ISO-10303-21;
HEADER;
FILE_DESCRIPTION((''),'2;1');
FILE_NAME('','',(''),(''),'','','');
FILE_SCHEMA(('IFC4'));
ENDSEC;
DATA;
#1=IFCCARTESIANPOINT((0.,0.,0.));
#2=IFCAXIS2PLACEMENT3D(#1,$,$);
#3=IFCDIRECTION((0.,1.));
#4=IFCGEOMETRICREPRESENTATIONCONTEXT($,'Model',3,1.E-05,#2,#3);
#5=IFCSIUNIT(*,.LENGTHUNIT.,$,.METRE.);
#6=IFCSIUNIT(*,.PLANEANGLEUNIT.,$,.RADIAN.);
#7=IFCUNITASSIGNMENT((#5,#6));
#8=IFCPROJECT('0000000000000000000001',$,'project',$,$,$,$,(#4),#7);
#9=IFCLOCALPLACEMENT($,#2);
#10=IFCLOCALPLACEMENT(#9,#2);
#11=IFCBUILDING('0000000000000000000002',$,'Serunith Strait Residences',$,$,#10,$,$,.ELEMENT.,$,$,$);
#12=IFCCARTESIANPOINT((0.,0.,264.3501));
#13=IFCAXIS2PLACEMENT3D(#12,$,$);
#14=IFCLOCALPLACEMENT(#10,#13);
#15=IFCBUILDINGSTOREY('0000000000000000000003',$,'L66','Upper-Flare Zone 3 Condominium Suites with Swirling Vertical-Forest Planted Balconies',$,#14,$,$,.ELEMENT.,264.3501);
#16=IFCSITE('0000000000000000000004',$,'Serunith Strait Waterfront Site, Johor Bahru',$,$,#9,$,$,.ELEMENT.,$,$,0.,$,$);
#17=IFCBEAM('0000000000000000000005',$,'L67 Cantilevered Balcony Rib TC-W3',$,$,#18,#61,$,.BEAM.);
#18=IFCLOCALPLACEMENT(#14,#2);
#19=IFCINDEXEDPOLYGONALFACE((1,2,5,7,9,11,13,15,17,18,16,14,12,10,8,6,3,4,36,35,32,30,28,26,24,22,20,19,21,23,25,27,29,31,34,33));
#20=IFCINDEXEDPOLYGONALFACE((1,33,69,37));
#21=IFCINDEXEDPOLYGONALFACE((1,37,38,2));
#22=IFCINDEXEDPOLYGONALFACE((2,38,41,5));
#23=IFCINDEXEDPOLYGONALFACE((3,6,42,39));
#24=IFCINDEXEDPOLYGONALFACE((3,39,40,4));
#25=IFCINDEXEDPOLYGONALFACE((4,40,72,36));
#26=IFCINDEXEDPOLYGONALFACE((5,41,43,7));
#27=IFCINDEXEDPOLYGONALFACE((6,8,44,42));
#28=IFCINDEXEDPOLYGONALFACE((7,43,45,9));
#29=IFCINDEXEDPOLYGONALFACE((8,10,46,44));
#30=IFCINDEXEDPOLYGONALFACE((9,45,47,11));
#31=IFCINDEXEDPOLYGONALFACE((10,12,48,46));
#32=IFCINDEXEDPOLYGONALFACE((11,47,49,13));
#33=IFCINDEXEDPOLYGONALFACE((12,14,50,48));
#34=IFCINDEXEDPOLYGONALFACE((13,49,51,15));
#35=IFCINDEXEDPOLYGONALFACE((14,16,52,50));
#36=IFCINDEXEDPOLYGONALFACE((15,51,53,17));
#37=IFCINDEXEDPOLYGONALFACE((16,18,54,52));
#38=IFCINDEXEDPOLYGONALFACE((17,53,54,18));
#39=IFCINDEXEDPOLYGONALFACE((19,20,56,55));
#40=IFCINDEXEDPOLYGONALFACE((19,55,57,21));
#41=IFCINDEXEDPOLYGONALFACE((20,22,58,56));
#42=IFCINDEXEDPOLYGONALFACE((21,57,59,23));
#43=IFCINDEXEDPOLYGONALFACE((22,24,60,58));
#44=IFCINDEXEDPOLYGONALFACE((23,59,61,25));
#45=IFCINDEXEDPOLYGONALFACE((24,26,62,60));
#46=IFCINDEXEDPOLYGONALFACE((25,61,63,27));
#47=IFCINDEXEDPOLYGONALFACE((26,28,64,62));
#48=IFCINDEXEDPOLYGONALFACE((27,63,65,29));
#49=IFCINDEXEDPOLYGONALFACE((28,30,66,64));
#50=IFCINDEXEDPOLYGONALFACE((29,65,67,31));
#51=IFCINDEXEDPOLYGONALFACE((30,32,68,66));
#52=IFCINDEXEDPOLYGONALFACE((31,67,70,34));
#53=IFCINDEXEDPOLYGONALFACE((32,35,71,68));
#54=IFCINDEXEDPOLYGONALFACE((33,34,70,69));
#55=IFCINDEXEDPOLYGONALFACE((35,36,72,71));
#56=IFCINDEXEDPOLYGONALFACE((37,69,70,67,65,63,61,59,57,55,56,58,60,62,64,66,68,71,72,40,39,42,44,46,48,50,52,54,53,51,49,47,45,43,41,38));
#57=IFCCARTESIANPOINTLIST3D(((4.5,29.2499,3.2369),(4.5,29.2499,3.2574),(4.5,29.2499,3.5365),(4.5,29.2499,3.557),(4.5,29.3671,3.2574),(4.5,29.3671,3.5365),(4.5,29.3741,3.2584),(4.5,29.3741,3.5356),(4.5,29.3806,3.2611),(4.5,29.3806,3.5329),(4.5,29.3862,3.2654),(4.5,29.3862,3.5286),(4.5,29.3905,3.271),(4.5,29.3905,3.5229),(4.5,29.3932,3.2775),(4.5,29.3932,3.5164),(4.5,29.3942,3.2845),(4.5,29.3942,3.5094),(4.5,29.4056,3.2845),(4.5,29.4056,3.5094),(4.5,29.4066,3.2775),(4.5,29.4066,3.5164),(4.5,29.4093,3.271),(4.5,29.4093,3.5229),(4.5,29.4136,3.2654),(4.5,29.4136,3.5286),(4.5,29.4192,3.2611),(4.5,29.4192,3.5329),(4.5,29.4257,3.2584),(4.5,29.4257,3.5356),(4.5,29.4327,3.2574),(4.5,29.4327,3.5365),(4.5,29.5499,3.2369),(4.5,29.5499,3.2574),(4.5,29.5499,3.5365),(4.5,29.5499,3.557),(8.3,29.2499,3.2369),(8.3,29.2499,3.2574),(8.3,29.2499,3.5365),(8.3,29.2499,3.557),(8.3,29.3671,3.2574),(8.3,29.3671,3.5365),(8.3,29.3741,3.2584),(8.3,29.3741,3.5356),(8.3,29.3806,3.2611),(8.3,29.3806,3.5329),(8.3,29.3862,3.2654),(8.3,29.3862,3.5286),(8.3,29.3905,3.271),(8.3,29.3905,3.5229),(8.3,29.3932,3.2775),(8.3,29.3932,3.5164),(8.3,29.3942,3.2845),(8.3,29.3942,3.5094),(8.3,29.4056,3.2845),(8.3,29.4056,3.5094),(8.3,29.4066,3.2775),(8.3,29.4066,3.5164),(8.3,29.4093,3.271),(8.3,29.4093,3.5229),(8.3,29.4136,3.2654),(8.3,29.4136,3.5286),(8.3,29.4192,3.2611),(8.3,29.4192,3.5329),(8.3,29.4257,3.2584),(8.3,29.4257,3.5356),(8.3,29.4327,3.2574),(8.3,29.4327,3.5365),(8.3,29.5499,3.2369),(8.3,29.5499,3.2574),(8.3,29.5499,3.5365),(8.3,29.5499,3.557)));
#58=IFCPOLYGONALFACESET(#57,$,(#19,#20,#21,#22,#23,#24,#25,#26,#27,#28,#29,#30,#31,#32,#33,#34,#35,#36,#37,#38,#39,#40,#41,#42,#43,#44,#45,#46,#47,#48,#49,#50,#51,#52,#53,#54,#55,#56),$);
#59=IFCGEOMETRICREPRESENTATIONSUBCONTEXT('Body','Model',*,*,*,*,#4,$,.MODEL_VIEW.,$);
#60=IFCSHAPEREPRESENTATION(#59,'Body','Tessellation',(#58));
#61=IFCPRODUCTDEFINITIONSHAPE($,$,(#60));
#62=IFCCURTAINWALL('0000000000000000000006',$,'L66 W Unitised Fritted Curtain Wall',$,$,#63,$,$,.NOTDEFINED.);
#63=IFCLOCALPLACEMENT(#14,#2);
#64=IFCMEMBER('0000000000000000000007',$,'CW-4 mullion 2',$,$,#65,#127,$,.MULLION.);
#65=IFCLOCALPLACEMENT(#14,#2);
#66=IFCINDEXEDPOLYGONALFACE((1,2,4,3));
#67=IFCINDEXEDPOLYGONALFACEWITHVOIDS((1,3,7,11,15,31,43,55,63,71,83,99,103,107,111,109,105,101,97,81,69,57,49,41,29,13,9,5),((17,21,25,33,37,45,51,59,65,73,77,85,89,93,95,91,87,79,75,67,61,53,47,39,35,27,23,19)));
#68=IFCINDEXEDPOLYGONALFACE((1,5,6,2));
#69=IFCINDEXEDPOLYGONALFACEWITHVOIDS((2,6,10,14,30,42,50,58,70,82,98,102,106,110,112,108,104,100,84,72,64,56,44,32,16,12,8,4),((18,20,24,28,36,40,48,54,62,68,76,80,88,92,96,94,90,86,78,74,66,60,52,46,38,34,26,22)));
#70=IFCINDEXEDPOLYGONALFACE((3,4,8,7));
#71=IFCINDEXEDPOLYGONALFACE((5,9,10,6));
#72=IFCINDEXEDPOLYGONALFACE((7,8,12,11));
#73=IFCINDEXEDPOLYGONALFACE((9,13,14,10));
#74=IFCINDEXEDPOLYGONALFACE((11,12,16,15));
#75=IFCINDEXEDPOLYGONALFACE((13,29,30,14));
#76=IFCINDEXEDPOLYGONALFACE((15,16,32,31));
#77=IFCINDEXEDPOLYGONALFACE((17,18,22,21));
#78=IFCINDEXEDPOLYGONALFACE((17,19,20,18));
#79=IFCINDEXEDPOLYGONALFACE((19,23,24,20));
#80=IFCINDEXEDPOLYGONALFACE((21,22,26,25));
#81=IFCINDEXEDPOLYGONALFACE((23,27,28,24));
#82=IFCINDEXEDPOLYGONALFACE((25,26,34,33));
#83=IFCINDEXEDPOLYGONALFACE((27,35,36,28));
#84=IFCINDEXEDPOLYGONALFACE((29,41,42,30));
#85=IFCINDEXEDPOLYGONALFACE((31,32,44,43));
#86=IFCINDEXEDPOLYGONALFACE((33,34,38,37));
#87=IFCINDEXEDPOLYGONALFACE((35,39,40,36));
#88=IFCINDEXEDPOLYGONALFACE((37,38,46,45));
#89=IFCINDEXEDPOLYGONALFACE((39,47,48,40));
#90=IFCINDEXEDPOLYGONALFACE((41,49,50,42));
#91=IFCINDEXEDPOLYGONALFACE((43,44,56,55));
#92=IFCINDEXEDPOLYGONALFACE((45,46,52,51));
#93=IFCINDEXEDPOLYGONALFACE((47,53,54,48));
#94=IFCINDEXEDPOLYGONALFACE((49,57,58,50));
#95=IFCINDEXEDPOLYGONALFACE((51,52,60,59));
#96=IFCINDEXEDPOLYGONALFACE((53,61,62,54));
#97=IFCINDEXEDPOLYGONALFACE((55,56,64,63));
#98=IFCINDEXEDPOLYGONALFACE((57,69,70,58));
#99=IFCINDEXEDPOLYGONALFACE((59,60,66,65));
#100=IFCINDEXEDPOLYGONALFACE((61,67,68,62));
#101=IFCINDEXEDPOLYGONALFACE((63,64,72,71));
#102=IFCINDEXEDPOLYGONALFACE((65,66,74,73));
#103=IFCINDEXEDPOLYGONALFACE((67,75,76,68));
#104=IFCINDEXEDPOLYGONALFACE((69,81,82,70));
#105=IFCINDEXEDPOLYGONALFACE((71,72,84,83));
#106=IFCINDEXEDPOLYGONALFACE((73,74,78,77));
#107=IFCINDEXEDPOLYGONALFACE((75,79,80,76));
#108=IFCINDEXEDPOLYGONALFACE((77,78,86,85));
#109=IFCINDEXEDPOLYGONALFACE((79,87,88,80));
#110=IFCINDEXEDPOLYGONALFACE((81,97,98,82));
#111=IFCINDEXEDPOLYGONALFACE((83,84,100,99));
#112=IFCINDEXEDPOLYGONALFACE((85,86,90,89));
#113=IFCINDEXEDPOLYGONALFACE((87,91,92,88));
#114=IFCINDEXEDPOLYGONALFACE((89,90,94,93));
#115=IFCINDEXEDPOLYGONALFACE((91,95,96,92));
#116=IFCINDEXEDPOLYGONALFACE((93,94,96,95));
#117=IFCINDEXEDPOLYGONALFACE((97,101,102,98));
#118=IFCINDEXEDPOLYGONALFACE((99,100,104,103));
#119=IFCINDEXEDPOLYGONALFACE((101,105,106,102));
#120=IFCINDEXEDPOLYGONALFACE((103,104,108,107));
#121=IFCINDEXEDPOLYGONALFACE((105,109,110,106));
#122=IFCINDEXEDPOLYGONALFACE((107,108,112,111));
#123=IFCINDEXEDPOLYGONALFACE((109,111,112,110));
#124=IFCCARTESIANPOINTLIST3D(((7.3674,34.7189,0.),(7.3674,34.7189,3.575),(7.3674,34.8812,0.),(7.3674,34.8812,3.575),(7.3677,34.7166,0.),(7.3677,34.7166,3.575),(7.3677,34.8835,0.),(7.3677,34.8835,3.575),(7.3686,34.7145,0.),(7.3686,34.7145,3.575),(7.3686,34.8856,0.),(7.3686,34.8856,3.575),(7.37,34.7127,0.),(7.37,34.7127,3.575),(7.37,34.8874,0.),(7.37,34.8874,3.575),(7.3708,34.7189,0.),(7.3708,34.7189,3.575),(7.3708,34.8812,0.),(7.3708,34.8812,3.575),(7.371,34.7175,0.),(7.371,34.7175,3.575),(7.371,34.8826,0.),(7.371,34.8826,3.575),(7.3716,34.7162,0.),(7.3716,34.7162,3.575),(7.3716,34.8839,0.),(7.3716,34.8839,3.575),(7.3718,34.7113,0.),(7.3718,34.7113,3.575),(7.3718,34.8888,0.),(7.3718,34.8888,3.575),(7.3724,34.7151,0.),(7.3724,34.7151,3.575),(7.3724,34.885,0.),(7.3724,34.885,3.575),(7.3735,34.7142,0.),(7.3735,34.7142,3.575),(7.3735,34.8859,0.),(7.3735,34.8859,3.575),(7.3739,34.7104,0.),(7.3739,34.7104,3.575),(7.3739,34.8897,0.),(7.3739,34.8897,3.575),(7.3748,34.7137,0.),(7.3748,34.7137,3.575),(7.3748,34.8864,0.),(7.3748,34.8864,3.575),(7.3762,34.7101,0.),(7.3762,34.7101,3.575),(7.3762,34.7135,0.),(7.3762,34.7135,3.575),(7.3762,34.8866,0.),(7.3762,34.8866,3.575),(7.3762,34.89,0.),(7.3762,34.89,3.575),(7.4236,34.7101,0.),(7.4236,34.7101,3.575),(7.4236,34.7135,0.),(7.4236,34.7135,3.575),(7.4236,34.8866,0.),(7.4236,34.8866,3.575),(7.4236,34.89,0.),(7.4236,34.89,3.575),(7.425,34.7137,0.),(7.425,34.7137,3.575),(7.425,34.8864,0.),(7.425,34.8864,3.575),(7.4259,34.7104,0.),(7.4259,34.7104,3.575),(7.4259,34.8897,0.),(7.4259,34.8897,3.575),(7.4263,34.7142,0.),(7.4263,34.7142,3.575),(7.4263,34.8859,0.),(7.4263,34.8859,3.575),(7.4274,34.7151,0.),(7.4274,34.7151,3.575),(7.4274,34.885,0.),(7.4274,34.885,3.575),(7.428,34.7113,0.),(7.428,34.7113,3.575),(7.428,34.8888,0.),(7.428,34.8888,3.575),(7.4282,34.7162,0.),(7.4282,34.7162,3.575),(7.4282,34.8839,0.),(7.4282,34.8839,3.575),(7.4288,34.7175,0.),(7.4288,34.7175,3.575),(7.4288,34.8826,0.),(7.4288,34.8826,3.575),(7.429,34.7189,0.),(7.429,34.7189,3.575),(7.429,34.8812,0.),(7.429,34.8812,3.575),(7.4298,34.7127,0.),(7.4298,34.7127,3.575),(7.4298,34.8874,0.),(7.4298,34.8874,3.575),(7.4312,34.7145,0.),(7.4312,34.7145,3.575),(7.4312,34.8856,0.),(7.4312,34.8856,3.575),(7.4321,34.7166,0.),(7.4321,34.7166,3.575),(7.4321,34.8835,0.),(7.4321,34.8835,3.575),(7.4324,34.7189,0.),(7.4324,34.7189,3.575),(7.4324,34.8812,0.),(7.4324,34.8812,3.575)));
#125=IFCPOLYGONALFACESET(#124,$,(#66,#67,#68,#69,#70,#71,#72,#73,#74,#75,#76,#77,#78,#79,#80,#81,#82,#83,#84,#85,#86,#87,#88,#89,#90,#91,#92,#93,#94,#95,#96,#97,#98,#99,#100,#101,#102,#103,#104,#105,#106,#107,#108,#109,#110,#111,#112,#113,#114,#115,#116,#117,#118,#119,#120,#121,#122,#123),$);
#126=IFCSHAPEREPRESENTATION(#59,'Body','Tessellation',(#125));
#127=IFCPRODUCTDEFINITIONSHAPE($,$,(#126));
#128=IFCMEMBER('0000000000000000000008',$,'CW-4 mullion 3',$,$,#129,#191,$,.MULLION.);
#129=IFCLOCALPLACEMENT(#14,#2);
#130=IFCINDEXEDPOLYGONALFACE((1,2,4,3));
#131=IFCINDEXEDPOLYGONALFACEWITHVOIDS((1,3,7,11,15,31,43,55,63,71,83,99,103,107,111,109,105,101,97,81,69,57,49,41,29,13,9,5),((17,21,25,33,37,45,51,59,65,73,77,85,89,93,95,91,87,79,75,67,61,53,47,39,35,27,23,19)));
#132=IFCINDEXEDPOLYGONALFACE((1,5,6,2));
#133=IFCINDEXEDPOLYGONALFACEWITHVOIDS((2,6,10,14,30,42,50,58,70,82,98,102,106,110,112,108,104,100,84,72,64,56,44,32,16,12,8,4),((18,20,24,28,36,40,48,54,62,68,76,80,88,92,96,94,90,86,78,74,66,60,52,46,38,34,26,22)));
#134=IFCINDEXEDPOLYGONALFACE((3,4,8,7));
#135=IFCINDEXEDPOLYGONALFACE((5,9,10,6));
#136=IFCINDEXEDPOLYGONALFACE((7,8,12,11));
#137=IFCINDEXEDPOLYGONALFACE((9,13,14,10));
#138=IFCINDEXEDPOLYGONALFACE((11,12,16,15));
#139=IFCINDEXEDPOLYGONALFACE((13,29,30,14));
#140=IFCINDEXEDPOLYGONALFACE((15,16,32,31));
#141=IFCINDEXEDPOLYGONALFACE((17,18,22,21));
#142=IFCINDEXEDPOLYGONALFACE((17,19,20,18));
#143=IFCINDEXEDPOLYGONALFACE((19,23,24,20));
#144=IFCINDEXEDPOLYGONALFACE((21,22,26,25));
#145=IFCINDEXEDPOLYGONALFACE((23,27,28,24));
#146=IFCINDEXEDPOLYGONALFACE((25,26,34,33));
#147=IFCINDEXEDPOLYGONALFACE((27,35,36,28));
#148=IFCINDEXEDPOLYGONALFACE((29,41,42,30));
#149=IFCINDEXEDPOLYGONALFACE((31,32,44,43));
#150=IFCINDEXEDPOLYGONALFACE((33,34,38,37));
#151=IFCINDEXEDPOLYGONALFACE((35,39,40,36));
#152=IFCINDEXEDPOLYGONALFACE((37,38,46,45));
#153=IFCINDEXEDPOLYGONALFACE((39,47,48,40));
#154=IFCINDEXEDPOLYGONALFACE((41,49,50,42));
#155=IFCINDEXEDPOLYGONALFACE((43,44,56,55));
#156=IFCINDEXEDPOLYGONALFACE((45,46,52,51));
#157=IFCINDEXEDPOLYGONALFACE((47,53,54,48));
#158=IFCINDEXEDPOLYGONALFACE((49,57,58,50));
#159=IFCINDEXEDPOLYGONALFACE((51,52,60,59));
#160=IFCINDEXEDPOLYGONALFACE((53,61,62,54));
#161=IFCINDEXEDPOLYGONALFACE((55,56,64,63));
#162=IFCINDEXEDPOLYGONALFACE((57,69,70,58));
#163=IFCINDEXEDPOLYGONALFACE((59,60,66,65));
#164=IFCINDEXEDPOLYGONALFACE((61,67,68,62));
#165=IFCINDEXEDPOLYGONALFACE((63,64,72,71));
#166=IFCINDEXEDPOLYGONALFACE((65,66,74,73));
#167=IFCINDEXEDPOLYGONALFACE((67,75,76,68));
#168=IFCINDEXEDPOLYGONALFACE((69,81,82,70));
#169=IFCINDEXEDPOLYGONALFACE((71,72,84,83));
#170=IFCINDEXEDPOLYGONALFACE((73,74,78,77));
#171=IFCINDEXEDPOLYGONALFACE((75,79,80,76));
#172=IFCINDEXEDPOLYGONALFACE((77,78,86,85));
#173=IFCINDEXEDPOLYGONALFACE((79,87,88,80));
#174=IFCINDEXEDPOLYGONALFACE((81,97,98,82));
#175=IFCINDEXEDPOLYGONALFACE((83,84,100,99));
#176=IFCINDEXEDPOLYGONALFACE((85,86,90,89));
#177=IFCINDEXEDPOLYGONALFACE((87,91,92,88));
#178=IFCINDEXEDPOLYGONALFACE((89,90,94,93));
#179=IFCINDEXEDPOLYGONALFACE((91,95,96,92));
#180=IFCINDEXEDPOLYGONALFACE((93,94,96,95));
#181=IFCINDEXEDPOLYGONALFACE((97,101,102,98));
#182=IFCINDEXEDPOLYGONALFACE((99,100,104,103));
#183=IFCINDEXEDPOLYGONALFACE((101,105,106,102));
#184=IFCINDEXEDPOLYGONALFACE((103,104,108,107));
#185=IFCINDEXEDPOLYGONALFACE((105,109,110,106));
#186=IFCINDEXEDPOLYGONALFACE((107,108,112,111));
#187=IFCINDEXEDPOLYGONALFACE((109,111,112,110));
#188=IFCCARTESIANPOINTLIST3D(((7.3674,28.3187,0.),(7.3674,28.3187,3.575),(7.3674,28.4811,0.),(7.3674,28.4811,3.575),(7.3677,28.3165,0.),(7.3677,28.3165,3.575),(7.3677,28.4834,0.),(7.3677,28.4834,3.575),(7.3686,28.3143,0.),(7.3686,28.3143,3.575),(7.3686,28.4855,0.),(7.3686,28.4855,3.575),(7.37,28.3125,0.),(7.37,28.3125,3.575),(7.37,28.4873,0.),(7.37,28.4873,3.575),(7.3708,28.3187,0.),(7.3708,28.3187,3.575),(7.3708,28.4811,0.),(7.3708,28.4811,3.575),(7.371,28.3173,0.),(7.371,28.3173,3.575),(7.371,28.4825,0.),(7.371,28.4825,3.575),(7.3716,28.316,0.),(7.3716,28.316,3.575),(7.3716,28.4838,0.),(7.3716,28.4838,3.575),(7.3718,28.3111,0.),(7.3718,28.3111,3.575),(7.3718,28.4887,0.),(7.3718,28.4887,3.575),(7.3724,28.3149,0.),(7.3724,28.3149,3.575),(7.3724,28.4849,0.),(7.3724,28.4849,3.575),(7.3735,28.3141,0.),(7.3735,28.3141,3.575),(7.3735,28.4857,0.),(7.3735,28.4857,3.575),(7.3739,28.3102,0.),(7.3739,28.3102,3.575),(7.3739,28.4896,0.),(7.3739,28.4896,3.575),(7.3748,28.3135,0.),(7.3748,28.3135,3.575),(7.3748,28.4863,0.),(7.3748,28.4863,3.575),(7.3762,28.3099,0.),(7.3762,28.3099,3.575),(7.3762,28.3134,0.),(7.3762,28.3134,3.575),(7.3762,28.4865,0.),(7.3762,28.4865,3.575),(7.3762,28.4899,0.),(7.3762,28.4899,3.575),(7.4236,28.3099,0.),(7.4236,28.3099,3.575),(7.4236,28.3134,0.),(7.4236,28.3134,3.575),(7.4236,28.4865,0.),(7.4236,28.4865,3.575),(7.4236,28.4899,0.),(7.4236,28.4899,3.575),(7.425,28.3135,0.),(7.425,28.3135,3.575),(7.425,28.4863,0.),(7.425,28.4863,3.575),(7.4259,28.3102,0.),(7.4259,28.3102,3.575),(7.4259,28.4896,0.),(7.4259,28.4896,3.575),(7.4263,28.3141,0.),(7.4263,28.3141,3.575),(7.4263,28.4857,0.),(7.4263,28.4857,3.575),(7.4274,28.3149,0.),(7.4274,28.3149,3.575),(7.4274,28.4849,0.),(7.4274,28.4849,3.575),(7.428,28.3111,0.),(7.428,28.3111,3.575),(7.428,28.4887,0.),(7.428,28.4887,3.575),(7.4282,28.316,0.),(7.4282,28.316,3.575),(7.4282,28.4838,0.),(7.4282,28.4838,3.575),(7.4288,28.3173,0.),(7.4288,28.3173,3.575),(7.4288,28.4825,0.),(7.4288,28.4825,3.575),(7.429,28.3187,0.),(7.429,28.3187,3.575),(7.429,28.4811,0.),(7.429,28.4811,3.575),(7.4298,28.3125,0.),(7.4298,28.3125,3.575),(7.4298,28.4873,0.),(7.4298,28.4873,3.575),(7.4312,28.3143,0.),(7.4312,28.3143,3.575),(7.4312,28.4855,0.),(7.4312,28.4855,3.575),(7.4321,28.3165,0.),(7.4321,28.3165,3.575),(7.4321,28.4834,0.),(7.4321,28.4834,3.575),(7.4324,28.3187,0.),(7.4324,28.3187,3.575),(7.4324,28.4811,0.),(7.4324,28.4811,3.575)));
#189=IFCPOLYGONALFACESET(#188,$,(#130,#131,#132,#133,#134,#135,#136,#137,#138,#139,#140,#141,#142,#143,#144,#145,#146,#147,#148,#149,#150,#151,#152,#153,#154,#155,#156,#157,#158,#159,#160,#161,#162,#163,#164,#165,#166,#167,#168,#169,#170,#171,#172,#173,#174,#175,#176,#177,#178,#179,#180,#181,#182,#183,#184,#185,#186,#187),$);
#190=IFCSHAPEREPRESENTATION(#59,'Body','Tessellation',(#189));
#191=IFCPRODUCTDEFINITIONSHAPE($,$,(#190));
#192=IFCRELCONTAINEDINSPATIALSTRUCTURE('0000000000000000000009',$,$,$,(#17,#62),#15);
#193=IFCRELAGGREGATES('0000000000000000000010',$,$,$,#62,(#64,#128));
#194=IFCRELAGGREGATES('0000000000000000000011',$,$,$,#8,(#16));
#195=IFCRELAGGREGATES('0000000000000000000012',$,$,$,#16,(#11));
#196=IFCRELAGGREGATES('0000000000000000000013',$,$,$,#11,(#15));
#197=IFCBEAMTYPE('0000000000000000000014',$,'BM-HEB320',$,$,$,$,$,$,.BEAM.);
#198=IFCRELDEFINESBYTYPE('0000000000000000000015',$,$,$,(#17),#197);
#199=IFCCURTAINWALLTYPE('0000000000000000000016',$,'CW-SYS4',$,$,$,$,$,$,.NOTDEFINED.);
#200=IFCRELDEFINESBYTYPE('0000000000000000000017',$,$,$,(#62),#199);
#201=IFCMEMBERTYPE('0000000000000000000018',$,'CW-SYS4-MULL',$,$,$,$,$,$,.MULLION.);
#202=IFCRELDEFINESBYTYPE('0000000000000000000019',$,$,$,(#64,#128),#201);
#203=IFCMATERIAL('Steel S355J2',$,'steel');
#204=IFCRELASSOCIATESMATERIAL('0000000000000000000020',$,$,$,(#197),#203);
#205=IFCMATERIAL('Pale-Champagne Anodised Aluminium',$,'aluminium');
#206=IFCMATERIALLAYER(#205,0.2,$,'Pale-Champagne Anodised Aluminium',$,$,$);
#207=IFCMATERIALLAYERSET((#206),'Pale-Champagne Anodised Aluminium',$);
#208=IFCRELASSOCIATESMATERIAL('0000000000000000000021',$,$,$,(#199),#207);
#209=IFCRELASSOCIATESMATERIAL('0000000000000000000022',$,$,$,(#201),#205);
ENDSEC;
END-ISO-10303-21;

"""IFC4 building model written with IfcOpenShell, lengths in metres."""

from ifc_helpers import new_model, si_unit, direction, frame, origin, origin_2d, place, context, subcontext, project, spatial, hollow_rectangle, i_section, extrude, source, transform, mapped, material, layer, layer_set, material_profile, profile_set, type_object, element, aggregate, save


model = new_model("IFC4")

# Units and contexts
model_context = context("Model", 3, precision=1e-05, world=origin(), true_north=direction((0.0, 1.0)))
body_context = subcontext(model_context, "Body", "Model", "MODEL_VIEW")
ifc_project = project(units=[si_unit("LENGTHUNIT", "METRE"), si_unit("PLANEANGLEUNIT", "RADIAN")], contexts=[model_context])

# Site, building, storey
site_placement = place(None, origin())
site = spatial("IfcSite", under=ifc_project, at=site_placement, Name="Serunith Strait Waterfront Site, Johor Bahru", CompositionType="ELEMENT", RefElevation=0.0)
building_placement = place(site_placement, origin())
building = spatial("IfcBuilding", under=site, at=building_placement, Name="Serunith Strait Residences", CompositionType="ELEMENT")
storey_placement = place(building_placement, frame((0.0, 0.0, 264.3501)))
storey = spatial("IfcBuildingStorey", under=building, at=storey_placement, Name="L66", Description="Upper-Flare Zone 3 Condominium Suites with Swirling Vertical-Forest Planted Balconies", CompositionType="ELEMENT", Elevation=264.3501)

# Beam
ifc_material_1 = material(Name="Steel S355J2", Category="steel")
ifc_material_profile_1 = material_profile(ifc_material_1, i_section(OverallWidth=0.3, OverallDepth=0.3201, WebThickness=0.0115, FlangeThickness=0.0205, FilletRadius=0.0271, at=origin_2d()), Name="HEB 320")
ifc_profile_set_1 = profile_set([ifc_material_profile_1], Name="Steel S355J2")
beam_type_1 = type_object("IfcBeamType", Name="BM-HEB320", PredefinedType="BEAM", material=ifc_profile_set_1)
shared_shape_1 = source(origin(), body_context, "Body", "SweptSolid", [
    extrude(i_section(OverallWidth=0.3, OverallDepth=0.3201, WebThickness=0.0115, FlangeThickness=0.0205, FilletRadius=0.0271, at=origin_2d()), origin(), (0.0, 0.0, 1.0), 3.8),
])
beam_1_placement = place(storey_placement, frame((8.3, 29.3999, 3.397), z_axis=(-1.0, 0.0, 0.0), x_axis=(0.0, -1.0, 0.0)))
element("IfcBeam", 1, at=beam_1_placement, inside=storey, type_object=beam_type_1, Name="L67 Cantilevered Balcony Rib TC-W3", PredefinedType="BEAM", context=body_context, shape_type="MappedRepresentation", body=[
    mapped(shared_shape_1, transform((0.0, 0.0, 0.0), scale=1.0)),
])

# Curtain wall, members
ifc_material_2 = material(Name="Pale-Champagne Anodised Aluminium", Category="aluminium")
ifc_layer_1 = layer(ifc_material_2, 0.2, Name="Pale-Champagne Anodised Aluminium")
ifc_layer_set_1 = layer_set([ifc_layer_1], Name="Pale-Champagne Anodised Aluminium")
curtain_wall_type = type_object("IfcCurtainWallType", Name="CW-SYS4", PredefinedType="NOTDEFINED", material=ifc_layer_set_1)
curtain_wall_placement = place(storey_placement, origin())
curtain_wall = element("IfcCurtainWall", 2, at=curtain_wall_placement, inside=storey, type_object=curtain_wall_type, Name="L66 W Unitised Fritted Curtain Wall", PredefinedType="NOTDEFINED")
ifc_material_profile_2 = material_profile(ifc_material_2, hollow_rectangle(XDim=0.0649, YDim=0.1799, WallThickness=0.0034, InnerFilletRadius=0.0054, OuterFilletRadius=0.0088, at=origin_2d()), Name="ALU 180x65x3.5")
ifc_profile_set_2 = profile_set([ifc_material_profile_2], Name="Pale-Champagne Anodised Aluminium")
member_type_1 = type_object("IfcMemberType", Name="CW-SYS4-MULL", PredefinedType="MULLION", material=ifc_profile_set_2)
shared_shape_2 = source(origin(), body_context, "Body", "SweptSolid", [
    extrude(hollow_rectangle(XDim=0.0649, YDim=0.1799, WallThickness=0.0034, InnerFilletRadius=0.0054, OuterFilletRadius=0.0088, at=origin_2d()), origin(), (0.0, 0.0, 1.0), 3.575),
])
member_1_placement = place(storey_placement, frame((7.3999, 34.8, 0.0), z_axis=(0.0, 0.0, 1.0), x_axis=(1.0, 0.0, 0.0)))
member_1 = element("IfcMember", 3, at=member_1_placement, type_object=member_type_1, Name="CW-4 mullion 2", PredefinedType="MULLION", context=body_context, shape_type="MappedRepresentation", body=[
    mapped(shared_shape_2, transform((0.0, 0.0, 0.0), scale=1.0)),
])
member_2_placement = place(storey_placement, frame((7.3999, 28.3999, 0.0), z_axis=(0.0, 0.0, 1.0), x_axis=(1.0, 0.0, 0.0)))
member_2 = element("IfcMember", 4, at=member_2_placement, type_object=member_type_1, Name="CW-4 mullion 3", PredefinedType="MULLION", context=body_context, shape_type="MappedRepresentation", body=[
    mapped(shared_shape_2, transform((0.0, 0.0, 0.0), scale=1.0)),
])
aggregate(curtain_wall, [member_1, member_2])

save(model, "model.ifc")
